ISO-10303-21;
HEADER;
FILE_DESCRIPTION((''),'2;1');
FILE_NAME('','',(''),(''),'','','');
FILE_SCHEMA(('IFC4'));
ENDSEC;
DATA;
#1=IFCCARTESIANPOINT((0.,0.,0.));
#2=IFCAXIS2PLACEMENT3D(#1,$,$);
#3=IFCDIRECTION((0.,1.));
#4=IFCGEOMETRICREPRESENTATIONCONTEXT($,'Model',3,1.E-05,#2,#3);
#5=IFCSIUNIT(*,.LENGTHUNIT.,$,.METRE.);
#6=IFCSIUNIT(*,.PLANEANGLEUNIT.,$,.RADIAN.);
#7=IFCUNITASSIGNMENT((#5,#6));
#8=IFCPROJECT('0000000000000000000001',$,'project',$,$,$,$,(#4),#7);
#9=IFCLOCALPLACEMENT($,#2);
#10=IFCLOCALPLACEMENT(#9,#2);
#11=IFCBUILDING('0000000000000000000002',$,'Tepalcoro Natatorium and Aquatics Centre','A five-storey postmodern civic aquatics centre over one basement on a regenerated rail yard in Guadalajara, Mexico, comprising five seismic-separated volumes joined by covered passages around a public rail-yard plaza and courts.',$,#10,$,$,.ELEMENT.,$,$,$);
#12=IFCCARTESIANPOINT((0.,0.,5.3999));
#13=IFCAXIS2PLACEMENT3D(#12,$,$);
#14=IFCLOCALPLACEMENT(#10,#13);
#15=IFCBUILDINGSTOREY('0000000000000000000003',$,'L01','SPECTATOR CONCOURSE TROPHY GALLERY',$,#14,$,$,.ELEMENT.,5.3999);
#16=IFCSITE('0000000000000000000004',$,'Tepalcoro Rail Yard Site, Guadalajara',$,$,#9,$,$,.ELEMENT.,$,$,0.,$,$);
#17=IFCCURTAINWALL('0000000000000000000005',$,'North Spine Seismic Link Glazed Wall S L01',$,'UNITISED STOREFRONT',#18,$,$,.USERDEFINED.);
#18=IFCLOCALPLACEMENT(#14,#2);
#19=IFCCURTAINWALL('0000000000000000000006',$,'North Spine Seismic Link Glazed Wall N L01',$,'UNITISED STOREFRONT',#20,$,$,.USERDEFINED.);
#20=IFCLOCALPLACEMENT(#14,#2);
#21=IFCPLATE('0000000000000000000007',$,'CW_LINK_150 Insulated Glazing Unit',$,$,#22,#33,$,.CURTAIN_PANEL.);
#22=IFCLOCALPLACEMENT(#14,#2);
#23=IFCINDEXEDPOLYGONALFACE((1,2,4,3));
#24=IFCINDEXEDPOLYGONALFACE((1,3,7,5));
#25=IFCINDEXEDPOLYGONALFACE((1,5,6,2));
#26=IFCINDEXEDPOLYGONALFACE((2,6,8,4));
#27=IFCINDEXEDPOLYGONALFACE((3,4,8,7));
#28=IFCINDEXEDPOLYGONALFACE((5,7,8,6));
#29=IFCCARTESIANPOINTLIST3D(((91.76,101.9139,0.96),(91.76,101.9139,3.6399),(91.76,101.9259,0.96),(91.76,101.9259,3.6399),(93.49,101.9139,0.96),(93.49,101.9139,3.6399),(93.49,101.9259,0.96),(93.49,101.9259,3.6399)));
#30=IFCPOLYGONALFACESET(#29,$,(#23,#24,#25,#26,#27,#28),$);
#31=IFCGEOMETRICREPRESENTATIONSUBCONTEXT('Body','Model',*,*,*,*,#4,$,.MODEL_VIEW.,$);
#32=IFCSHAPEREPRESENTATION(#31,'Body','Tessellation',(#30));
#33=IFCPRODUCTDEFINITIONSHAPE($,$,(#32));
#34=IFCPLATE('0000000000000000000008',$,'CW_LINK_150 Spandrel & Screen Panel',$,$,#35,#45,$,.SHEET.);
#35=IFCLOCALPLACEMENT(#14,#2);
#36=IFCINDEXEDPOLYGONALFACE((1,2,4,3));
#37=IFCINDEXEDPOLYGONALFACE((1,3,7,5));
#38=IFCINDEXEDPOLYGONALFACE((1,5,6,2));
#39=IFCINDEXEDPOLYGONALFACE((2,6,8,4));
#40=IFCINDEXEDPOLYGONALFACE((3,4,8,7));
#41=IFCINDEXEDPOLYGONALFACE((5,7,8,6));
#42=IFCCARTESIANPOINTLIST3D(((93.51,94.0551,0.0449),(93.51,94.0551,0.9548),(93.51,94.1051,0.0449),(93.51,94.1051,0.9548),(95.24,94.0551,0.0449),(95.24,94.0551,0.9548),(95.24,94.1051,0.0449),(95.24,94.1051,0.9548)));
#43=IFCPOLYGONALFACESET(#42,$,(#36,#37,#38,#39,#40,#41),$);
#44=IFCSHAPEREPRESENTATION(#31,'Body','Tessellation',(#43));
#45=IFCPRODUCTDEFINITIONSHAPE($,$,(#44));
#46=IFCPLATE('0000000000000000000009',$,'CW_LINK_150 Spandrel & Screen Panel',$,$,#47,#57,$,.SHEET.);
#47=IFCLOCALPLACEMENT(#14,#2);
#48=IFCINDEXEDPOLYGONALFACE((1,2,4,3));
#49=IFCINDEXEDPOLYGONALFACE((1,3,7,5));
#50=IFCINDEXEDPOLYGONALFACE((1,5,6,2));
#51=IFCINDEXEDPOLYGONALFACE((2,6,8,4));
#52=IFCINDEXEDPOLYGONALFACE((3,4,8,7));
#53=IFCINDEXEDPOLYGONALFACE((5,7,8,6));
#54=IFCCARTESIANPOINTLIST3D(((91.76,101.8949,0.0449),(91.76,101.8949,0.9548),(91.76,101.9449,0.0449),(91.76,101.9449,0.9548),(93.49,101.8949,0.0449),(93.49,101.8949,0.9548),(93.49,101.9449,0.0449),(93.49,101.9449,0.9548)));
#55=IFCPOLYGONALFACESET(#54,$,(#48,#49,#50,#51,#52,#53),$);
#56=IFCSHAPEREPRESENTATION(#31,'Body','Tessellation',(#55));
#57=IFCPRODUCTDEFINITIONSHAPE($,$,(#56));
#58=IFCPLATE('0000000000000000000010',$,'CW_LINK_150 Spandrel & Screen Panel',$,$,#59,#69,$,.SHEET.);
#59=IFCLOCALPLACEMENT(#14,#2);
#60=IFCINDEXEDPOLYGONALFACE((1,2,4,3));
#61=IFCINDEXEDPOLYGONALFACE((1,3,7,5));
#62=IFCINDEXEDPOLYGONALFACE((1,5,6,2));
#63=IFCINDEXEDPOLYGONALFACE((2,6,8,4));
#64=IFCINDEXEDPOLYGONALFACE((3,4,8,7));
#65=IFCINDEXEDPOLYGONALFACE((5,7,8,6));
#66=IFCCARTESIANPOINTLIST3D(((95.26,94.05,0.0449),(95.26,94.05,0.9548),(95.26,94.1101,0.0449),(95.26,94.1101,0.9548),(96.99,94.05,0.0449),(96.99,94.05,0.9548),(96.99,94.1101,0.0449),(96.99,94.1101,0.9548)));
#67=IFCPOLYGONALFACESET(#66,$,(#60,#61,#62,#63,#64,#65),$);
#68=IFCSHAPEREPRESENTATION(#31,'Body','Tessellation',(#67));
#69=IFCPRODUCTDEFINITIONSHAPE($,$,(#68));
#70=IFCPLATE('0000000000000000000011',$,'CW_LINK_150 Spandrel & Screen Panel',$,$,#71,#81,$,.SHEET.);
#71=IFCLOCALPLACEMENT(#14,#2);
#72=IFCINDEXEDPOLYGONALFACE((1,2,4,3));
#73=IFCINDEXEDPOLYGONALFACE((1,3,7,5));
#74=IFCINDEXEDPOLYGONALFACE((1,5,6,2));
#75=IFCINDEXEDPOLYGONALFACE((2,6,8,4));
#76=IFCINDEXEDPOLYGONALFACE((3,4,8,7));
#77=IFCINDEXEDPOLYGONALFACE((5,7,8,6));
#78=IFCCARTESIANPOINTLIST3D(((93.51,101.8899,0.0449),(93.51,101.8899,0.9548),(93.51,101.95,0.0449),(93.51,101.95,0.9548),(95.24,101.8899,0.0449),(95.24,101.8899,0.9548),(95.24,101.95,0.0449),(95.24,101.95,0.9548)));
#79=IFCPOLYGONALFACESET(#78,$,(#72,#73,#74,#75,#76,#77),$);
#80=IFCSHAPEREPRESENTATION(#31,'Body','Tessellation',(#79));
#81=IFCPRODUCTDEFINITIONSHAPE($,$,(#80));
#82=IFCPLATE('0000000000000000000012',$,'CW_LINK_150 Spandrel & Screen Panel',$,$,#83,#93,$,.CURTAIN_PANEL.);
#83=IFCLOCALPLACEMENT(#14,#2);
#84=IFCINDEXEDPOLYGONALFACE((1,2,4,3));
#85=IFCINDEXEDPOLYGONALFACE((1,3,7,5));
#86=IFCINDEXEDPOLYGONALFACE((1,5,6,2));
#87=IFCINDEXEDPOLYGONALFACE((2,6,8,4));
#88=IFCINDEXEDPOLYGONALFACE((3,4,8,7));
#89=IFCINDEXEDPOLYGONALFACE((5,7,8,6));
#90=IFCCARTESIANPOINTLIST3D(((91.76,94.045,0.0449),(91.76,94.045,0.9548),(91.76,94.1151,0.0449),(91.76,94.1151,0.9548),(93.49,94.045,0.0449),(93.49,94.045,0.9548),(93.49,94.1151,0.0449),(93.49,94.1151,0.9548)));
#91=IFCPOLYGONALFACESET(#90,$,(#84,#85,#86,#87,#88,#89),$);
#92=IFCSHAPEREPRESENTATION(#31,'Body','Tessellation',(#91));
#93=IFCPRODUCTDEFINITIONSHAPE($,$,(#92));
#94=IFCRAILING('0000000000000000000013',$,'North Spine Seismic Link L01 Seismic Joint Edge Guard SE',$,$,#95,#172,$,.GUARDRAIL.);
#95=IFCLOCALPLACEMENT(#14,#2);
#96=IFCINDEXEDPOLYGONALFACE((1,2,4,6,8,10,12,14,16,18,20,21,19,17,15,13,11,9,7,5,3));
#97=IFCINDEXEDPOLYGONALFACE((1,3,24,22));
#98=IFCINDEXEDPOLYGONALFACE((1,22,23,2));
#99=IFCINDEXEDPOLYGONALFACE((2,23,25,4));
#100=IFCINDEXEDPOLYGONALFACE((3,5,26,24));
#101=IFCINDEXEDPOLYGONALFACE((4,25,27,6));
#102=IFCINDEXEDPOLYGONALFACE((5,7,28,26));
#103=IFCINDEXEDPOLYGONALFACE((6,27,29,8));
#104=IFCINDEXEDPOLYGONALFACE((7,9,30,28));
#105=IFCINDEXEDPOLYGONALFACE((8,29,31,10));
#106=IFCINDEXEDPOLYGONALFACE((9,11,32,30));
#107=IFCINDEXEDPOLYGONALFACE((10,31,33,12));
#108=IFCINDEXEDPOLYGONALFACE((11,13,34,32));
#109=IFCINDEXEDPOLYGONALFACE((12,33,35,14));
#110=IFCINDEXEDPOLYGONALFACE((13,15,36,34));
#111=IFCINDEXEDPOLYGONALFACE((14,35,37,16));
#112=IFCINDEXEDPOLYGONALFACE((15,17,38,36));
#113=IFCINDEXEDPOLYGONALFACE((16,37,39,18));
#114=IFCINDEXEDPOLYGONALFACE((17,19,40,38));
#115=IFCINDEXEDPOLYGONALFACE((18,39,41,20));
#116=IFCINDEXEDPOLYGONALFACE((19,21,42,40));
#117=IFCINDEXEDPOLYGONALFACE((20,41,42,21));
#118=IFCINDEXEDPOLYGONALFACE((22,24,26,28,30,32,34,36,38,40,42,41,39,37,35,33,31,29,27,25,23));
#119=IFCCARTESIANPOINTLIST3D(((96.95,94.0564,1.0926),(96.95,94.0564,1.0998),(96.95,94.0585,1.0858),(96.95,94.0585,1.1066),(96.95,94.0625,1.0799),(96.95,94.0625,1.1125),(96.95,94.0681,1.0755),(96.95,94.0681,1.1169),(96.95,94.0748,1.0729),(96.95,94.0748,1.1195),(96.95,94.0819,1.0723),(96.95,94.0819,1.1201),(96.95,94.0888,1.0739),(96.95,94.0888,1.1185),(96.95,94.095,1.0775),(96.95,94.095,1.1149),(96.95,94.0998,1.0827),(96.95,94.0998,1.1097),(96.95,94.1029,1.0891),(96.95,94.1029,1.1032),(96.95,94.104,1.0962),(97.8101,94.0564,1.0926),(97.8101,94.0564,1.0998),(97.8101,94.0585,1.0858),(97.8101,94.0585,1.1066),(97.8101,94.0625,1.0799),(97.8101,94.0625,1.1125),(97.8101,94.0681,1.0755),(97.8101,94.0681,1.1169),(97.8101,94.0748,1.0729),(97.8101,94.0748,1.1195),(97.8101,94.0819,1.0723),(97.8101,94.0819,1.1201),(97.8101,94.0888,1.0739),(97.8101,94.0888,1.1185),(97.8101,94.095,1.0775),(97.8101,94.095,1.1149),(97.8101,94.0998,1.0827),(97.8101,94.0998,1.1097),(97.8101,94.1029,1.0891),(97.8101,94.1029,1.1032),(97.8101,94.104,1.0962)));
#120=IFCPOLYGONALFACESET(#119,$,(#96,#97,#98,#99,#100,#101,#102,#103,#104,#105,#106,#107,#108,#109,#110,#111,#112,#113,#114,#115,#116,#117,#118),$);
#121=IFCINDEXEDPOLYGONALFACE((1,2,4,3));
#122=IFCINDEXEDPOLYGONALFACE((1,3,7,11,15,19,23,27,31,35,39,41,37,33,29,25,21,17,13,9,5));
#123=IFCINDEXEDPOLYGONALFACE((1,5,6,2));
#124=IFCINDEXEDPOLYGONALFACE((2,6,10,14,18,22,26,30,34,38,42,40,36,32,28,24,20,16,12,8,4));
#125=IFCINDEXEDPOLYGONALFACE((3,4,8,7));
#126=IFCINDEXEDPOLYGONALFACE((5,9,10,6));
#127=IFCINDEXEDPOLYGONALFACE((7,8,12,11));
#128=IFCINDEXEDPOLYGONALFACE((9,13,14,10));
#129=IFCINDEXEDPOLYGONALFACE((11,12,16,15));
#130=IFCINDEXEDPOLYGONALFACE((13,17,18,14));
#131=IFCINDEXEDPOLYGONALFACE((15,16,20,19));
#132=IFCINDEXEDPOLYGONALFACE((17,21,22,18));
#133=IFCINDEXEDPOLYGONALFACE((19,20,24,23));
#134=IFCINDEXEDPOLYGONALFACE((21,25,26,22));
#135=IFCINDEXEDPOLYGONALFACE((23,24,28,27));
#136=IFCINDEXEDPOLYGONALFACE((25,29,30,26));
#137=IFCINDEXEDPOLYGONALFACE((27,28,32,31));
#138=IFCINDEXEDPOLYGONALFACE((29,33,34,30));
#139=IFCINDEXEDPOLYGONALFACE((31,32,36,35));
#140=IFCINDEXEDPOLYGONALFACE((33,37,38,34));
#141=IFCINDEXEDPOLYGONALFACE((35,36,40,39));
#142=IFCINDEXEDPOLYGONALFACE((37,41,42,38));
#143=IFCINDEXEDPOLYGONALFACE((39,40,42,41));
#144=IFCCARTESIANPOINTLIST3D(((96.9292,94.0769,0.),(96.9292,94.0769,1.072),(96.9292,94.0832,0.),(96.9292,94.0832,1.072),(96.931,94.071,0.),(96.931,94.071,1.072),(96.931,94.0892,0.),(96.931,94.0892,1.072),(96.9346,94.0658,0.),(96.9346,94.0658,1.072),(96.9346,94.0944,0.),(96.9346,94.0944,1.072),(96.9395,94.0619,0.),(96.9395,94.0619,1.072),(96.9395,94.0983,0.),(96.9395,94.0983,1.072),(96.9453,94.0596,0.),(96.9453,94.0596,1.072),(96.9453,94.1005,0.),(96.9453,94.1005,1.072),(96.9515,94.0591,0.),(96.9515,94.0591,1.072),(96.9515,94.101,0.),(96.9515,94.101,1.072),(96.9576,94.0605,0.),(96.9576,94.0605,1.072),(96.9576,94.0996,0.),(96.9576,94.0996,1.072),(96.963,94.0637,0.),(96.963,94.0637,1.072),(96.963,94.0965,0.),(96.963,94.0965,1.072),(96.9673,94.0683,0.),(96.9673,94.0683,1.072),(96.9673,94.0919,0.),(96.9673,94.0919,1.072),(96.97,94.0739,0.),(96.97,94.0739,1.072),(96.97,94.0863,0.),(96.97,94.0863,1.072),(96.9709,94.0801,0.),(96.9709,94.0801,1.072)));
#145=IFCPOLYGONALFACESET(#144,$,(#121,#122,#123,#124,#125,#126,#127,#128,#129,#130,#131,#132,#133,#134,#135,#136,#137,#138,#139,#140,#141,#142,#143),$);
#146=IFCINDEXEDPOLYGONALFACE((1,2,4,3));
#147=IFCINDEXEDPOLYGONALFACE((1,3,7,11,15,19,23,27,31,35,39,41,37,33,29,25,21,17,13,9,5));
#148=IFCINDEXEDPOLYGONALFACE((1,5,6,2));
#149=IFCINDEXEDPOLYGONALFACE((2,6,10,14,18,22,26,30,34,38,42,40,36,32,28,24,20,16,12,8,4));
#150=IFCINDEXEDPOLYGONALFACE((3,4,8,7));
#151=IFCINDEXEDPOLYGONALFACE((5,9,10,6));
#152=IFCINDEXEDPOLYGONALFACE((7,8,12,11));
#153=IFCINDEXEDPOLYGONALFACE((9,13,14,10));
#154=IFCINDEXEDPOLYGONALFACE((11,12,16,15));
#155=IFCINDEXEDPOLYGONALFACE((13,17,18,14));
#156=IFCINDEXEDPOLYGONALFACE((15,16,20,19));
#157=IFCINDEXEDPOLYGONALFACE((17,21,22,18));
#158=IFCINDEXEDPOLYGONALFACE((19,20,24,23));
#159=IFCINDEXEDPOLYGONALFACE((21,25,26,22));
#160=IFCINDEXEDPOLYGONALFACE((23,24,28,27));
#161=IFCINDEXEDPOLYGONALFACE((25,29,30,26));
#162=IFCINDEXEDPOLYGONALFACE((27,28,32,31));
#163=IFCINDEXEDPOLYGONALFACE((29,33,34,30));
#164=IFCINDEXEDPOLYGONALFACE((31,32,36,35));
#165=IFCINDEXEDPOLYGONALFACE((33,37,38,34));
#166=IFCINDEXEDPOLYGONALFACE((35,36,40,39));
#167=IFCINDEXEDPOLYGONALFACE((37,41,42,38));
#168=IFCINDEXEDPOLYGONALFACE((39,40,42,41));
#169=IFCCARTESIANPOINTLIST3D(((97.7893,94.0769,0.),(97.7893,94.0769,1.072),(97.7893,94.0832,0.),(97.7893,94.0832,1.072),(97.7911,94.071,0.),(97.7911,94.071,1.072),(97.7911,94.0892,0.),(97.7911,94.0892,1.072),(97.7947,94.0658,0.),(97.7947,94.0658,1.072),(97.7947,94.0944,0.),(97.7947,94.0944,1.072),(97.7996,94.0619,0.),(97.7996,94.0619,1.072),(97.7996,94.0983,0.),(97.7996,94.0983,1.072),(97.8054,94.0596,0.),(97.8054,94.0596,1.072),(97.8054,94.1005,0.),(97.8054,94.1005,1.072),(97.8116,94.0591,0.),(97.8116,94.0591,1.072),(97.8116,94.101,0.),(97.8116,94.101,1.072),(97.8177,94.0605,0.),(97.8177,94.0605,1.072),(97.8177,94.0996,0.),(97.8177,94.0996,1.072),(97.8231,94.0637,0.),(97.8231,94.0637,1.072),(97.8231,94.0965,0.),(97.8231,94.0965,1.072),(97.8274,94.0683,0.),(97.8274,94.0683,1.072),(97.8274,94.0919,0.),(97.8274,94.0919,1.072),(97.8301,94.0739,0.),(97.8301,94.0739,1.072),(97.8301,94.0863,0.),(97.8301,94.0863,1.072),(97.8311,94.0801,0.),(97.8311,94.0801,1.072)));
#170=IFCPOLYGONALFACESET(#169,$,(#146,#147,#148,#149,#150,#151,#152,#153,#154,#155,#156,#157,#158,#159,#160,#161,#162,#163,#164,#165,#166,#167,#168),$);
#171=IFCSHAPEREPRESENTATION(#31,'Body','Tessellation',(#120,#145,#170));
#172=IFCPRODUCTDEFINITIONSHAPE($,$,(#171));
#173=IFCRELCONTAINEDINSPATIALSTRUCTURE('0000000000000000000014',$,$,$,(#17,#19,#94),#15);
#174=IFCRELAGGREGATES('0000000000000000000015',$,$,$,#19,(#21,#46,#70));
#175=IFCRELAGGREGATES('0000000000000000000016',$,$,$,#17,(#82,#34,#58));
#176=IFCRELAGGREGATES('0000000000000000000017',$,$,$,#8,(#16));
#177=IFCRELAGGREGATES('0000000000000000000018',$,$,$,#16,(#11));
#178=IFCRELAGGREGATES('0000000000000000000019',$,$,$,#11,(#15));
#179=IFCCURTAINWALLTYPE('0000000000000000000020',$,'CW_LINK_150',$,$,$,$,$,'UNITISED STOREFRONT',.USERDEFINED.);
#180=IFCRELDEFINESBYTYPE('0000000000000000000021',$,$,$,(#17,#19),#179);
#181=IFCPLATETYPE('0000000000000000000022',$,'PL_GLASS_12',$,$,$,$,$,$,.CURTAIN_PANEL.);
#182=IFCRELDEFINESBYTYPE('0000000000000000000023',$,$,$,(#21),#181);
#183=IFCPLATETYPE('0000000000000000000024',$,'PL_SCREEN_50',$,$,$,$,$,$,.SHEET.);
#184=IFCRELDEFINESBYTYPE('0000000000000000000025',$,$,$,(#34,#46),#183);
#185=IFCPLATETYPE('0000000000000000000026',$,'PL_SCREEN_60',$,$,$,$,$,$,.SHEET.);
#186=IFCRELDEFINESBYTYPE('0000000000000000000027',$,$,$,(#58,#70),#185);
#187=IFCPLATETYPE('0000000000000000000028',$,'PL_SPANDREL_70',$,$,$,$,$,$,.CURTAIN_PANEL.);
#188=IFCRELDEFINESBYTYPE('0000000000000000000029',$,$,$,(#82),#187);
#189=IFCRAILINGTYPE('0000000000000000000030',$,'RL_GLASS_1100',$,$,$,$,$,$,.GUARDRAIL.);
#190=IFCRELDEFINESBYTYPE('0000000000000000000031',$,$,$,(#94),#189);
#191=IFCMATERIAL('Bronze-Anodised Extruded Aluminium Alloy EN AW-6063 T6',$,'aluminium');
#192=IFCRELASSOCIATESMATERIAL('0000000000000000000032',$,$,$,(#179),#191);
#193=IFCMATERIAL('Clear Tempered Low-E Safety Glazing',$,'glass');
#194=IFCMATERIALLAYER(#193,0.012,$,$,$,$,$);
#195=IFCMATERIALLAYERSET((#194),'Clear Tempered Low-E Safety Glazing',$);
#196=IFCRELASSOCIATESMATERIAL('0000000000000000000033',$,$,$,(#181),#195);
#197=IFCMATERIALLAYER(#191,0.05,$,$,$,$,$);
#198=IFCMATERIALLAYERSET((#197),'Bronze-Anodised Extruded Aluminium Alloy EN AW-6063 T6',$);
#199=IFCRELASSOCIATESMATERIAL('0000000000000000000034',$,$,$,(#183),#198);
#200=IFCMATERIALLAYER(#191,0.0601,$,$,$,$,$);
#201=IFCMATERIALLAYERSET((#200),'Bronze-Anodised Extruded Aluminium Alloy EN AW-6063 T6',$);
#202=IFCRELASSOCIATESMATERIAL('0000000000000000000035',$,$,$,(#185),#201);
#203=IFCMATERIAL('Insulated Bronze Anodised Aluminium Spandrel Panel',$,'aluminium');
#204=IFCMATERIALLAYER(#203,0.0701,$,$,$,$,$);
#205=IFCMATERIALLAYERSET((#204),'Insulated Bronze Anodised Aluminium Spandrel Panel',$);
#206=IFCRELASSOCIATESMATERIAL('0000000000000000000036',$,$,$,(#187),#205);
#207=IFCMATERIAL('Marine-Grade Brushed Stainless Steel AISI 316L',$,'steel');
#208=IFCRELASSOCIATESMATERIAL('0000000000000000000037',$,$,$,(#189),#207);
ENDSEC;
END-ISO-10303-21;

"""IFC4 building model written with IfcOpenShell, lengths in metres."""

from ifc_helpers import new_model, si_unit, direction, frame, origin, origin_2d, place, context, subcontext, project, spatial, rectangle, circle, extrude, material, layer, layer_set, type_object, element, aggregate, save


model = new_model("IFC4")

# Units and contexts
model_context = context("Model", 3, precision=1e-05, world=origin(), true_north=direction((0.0, 1.0)))
body_context = subcontext(model_context, "Body", "Model", "MODEL_VIEW")
ifc_project = project(units=[si_unit("LENGTHUNIT", "METRE"), si_unit("PLANEANGLEUNIT", "RADIAN")], contexts=[model_context])

# Site, building, storey
site_placement = place(None, origin())
site = spatial("IfcSite", under=ifc_project, at=site_placement, Name="Tepalcoro Rail Yard Site, Guadalajara", CompositionType="ELEMENT", RefElevation=0.0)
building_placement = place(site_placement, origin())
building = spatial("IfcBuilding", under=site, at=building_placement, Name="Tepalcoro Natatorium and Aquatics Centre", Description="A five-storey postmodern civic aquatics centre over one basement on a regenerated rail yard in Guadalajara, Mexico, comprising five seismic-separated volumes joined by covered passages around a public rail-yard plaza and courts.", CompositionType="ELEMENT")
storey_placement = place(building_placement, frame((0.0, 0.0, 5.3999)))
storey = spatial("IfcBuildingStorey", under=building, at=storey_placement, Name="L01", Description="SPECTATOR CONCOURSE TROPHY GALLERY", CompositionType="ELEMENT", Elevation=5.3999)

# Curtain walls
ifc_material_1 = material(Name="Bronze-Anodised Extruded Aluminium Alloy EN AW-6063 T6", Category="aluminium")
curtain_wall_type = type_object("IfcCurtainWallType", Name="CW_LINK_150", ElementType="UNITISED STOREFRONT", PredefinedType="USERDEFINED", material=ifc_material_1)
curtain_wall_1_placement = place(storey_placement, origin())
curtain_wall_1 = element("IfcCurtainWall", 1, at=curtain_wall_1_placement, inside=storey, type_object=curtain_wall_type, Name="North Spine Seismic Link Glazed Wall S L01", ObjectType="UNITISED STOREFRONT", PredefinedType="USERDEFINED")
curtain_wall_2_placement = place(storey_placement, origin())
curtain_wall_2 = element("IfcCurtainWall", 2, at=curtain_wall_2_placement, inside=storey, type_object=curtain_wall_type, Name="North Spine Seismic Link Glazed Wall N L01", ObjectType="UNITISED STOREFRONT", PredefinedType="USERDEFINED")

# Plates
ifc_material_2 = material(Name="Clear Tempered Low-E Safety Glazing", Category="glass")
ifc_layer_1 = layer(ifc_material_2, 0.012)
ifc_layer_set_1 = layer_set([ifc_layer_1], Name="Clear Tempered Low-E Safety Glazing")
plate_type_1 = type_object("IfcPlateType", Name="PL_GLASS_12", PredefinedType="CURTAIN_PANEL", material=ifc_layer_set_1)
plate_1_placement = place(storey_placement, frame((92.625, 101.9199, 0.96), z_axis=(0.0, 0.0, 1.0), x_axis=(1.0, 0.0, 0.0)))
plate_1 = element("IfcPlate", 3, at=plate_1_placement, type_object=plate_type_1, Name="CW_LINK_150 Insulated Glazing Unit", PredefinedType="CURTAIN_PANEL", context=body_context, shape_type="SweptSolid", body=[
    extrude(rectangle(XDim=1.73, YDim=0.012, at=origin_2d()), origin(), (0.0, 0.0, 1.0), 2.6799),
])
ifc_layer_2 = layer(ifc_material_1, 0.05)
ifc_layer_set_2 = layer_set([ifc_layer_2], Name="Bronze-Anodised Extruded Aluminium Alloy EN AW-6063 T6")
plate_type_2 = type_object("IfcPlateType", Name="PL_SCREEN_50", PredefinedType="SHEET", material=ifc_layer_set_2)
plate_2_placement = place(storey_placement, frame((94.375, 94.0801, 0.0449), z_axis=(0.0, 0.0, 1.0), x_axis=(1.0, 0.0, 0.0)))
plate_2 = element("IfcPlate", 4, at=plate_2_placement, type_object=plate_type_2, Name="CW_LINK_150 Spandrel & Screen Panel", PredefinedType="SHEET", context=body_context, shape_type="SweptSolid", body=[
    extrude(rectangle(XDim=1.73, YDim=0.05, at=origin_2d()), origin(), (0.0, 0.0, 1.0), 0.9099),
])
plate_3_placement = place(storey_placement, frame((92.625, 101.9199, 0.0449), z_axis=(0.0, 0.0, 1.0), x_axis=(1.0, 0.0, 0.0)))
plate_3 = element("IfcPlate", 5, at=plate_3_placement, type_object=plate_type_2, Name="CW_LINK_150 Spandrel & Screen Panel", PredefinedType="SHEET", context=body_context, shape_type="SweptSolid", body=[
    extrude(rectangle(XDim=1.73, YDim=0.05, at=origin_2d()), origin(), (0.0, 0.0, 1.0), 0.9099),
])
ifc_layer_3 = layer(ifc_material_1, 0.0601)
ifc_layer_set_3 = layer_set([ifc_layer_3], Name="Bronze-Anodised Extruded Aluminium Alloy EN AW-6063 T6")
plate_type_3 = type_object("IfcPlateType", Name="PL_SCREEN_60", PredefinedType="SHEET", material=ifc_layer_set_3)
plate_4_placement = place(storey_placement, frame((96.125, 94.0801, 0.0449), z_axis=(0.0, 0.0, 1.0), x_axis=(1.0, 0.0, 0.0)))
plate_4 = element("IfcPlate", 6, at=plate_4_placement, type_object=plate_type_3, Name="CW_LINK_150 Spandrel & Screen Panel", PredefinedType="SHEET", context=body_context, shape_type="SweptSolid", body=[
    extrude(rectangle(XDim=1.73, YDim=0.0601, at=origin_2d()), origin(), (0.0, 0.0, 1.0), 0.9099),
])
plate_5_placement = place(storey_placement, frame((94.375, 101.9199, 0.0449), z_axis=(0.0, 0.0, 1.0), x_axis=(1.0, 0.0, 0.0)))
plate_5 = element("IfcPlate", 7, at=plate_5_placement, type_object=plate_type_3, Name="CW_LINK_150 Spandrel & Screen Panel", PredefinedType="SHEET", context=body_context, shape_type="SweptSolid", body=[
    extrude(rectangle(XDim=1.73, YDim=0.0601, at=origin_2d()), origin(), (0.0, 0.0, 1.0), 0.9099),
])
aggregate(curtain_wall_2, [plate_1, plate_3, plate_5])
ifc_material_3 = material(Name="Insulated Bronze Anodised Aluminium Spandrel Panel", Category="aluminium")
ifc_layer_4 = layer(ifc_material_3, 0.0701)
ifc_layer_set_4 = layer_set([ifc_layer_4], Name="Insulated Bronze Anodised Aluminium Spandrel Panel")
plate_type_4 = type_object("IfcPlateType", Name="PL_SPANDREL_70", PredefinedType="CURTAIN_PANEL", material=ifc_layer_set_4)
plate_6_placement = place(storey_placement, frame((92.625, 94.0801, 0.0449), z_axis=(0.0, 0.0, 1.0), x_axis=(1.0, 0.0, 0.0)))
plate_6 = element("IfcPlate", 8, at=plate_6_placement, type_object=plate_type_4, Name="CW_LINK_150 Spandrel & Screen Panel", PredefinedType="CURTAIN_PANEL", context=body_context, shape_type="SweptSolid", body=[
    extrude(rectangle(XDim=1.73, YDim=0.0701, at=origin_2d()), origin(), (0.0, 0.0, 1.0), 0.9099),
])
aggregate(curtain_wall_1, [plate_6, plate_2, plate_4])

# Railing
ifc_material_4 = material(Name="Marine-Grade Brushed Stainless Steel AISI 316L", Category="steel")
railing_type = type_object("IfcRailingType", Name="RL_GLASS_1100", PredefinedType="GUARDRAIL", material=ifc_material_4)
for number, where, name in (
    (9, (96.95, 94.0801, 0.0), "North Spine Seismic Link L01 Seismic Joint Edge Guard SE"),
):
    element("IfcRailing", number, at=place(storey_placement, frame(where)), inside=storey, type_object=railing_type, Name=name, PredefinedType="GUARDRAIL", context=body_context, shape_type="SweptSolid", body=[
        extrude(circle(Radius=0.0239, at=origin_2d()), frame((0.0, 0.0, 1.0962), z_axis=(1.0, 0.0, 0.0), x_axis=(0.0, 1.0, 0.0)), (0.0, 0.0, 1.0), 0.8601),
        extrude(circle(Radius=0.021, at=origin_2d()), origin(), (0.0, 0.0, 1.0), 1.072),
        extrude(circle(Radius=0.021, at=origin_2d()), frame((0.8601, 0.0, 0.0)), (0.0, 0.0, 1.0), 1.072),
    ])

save(model, "model.ifc")
